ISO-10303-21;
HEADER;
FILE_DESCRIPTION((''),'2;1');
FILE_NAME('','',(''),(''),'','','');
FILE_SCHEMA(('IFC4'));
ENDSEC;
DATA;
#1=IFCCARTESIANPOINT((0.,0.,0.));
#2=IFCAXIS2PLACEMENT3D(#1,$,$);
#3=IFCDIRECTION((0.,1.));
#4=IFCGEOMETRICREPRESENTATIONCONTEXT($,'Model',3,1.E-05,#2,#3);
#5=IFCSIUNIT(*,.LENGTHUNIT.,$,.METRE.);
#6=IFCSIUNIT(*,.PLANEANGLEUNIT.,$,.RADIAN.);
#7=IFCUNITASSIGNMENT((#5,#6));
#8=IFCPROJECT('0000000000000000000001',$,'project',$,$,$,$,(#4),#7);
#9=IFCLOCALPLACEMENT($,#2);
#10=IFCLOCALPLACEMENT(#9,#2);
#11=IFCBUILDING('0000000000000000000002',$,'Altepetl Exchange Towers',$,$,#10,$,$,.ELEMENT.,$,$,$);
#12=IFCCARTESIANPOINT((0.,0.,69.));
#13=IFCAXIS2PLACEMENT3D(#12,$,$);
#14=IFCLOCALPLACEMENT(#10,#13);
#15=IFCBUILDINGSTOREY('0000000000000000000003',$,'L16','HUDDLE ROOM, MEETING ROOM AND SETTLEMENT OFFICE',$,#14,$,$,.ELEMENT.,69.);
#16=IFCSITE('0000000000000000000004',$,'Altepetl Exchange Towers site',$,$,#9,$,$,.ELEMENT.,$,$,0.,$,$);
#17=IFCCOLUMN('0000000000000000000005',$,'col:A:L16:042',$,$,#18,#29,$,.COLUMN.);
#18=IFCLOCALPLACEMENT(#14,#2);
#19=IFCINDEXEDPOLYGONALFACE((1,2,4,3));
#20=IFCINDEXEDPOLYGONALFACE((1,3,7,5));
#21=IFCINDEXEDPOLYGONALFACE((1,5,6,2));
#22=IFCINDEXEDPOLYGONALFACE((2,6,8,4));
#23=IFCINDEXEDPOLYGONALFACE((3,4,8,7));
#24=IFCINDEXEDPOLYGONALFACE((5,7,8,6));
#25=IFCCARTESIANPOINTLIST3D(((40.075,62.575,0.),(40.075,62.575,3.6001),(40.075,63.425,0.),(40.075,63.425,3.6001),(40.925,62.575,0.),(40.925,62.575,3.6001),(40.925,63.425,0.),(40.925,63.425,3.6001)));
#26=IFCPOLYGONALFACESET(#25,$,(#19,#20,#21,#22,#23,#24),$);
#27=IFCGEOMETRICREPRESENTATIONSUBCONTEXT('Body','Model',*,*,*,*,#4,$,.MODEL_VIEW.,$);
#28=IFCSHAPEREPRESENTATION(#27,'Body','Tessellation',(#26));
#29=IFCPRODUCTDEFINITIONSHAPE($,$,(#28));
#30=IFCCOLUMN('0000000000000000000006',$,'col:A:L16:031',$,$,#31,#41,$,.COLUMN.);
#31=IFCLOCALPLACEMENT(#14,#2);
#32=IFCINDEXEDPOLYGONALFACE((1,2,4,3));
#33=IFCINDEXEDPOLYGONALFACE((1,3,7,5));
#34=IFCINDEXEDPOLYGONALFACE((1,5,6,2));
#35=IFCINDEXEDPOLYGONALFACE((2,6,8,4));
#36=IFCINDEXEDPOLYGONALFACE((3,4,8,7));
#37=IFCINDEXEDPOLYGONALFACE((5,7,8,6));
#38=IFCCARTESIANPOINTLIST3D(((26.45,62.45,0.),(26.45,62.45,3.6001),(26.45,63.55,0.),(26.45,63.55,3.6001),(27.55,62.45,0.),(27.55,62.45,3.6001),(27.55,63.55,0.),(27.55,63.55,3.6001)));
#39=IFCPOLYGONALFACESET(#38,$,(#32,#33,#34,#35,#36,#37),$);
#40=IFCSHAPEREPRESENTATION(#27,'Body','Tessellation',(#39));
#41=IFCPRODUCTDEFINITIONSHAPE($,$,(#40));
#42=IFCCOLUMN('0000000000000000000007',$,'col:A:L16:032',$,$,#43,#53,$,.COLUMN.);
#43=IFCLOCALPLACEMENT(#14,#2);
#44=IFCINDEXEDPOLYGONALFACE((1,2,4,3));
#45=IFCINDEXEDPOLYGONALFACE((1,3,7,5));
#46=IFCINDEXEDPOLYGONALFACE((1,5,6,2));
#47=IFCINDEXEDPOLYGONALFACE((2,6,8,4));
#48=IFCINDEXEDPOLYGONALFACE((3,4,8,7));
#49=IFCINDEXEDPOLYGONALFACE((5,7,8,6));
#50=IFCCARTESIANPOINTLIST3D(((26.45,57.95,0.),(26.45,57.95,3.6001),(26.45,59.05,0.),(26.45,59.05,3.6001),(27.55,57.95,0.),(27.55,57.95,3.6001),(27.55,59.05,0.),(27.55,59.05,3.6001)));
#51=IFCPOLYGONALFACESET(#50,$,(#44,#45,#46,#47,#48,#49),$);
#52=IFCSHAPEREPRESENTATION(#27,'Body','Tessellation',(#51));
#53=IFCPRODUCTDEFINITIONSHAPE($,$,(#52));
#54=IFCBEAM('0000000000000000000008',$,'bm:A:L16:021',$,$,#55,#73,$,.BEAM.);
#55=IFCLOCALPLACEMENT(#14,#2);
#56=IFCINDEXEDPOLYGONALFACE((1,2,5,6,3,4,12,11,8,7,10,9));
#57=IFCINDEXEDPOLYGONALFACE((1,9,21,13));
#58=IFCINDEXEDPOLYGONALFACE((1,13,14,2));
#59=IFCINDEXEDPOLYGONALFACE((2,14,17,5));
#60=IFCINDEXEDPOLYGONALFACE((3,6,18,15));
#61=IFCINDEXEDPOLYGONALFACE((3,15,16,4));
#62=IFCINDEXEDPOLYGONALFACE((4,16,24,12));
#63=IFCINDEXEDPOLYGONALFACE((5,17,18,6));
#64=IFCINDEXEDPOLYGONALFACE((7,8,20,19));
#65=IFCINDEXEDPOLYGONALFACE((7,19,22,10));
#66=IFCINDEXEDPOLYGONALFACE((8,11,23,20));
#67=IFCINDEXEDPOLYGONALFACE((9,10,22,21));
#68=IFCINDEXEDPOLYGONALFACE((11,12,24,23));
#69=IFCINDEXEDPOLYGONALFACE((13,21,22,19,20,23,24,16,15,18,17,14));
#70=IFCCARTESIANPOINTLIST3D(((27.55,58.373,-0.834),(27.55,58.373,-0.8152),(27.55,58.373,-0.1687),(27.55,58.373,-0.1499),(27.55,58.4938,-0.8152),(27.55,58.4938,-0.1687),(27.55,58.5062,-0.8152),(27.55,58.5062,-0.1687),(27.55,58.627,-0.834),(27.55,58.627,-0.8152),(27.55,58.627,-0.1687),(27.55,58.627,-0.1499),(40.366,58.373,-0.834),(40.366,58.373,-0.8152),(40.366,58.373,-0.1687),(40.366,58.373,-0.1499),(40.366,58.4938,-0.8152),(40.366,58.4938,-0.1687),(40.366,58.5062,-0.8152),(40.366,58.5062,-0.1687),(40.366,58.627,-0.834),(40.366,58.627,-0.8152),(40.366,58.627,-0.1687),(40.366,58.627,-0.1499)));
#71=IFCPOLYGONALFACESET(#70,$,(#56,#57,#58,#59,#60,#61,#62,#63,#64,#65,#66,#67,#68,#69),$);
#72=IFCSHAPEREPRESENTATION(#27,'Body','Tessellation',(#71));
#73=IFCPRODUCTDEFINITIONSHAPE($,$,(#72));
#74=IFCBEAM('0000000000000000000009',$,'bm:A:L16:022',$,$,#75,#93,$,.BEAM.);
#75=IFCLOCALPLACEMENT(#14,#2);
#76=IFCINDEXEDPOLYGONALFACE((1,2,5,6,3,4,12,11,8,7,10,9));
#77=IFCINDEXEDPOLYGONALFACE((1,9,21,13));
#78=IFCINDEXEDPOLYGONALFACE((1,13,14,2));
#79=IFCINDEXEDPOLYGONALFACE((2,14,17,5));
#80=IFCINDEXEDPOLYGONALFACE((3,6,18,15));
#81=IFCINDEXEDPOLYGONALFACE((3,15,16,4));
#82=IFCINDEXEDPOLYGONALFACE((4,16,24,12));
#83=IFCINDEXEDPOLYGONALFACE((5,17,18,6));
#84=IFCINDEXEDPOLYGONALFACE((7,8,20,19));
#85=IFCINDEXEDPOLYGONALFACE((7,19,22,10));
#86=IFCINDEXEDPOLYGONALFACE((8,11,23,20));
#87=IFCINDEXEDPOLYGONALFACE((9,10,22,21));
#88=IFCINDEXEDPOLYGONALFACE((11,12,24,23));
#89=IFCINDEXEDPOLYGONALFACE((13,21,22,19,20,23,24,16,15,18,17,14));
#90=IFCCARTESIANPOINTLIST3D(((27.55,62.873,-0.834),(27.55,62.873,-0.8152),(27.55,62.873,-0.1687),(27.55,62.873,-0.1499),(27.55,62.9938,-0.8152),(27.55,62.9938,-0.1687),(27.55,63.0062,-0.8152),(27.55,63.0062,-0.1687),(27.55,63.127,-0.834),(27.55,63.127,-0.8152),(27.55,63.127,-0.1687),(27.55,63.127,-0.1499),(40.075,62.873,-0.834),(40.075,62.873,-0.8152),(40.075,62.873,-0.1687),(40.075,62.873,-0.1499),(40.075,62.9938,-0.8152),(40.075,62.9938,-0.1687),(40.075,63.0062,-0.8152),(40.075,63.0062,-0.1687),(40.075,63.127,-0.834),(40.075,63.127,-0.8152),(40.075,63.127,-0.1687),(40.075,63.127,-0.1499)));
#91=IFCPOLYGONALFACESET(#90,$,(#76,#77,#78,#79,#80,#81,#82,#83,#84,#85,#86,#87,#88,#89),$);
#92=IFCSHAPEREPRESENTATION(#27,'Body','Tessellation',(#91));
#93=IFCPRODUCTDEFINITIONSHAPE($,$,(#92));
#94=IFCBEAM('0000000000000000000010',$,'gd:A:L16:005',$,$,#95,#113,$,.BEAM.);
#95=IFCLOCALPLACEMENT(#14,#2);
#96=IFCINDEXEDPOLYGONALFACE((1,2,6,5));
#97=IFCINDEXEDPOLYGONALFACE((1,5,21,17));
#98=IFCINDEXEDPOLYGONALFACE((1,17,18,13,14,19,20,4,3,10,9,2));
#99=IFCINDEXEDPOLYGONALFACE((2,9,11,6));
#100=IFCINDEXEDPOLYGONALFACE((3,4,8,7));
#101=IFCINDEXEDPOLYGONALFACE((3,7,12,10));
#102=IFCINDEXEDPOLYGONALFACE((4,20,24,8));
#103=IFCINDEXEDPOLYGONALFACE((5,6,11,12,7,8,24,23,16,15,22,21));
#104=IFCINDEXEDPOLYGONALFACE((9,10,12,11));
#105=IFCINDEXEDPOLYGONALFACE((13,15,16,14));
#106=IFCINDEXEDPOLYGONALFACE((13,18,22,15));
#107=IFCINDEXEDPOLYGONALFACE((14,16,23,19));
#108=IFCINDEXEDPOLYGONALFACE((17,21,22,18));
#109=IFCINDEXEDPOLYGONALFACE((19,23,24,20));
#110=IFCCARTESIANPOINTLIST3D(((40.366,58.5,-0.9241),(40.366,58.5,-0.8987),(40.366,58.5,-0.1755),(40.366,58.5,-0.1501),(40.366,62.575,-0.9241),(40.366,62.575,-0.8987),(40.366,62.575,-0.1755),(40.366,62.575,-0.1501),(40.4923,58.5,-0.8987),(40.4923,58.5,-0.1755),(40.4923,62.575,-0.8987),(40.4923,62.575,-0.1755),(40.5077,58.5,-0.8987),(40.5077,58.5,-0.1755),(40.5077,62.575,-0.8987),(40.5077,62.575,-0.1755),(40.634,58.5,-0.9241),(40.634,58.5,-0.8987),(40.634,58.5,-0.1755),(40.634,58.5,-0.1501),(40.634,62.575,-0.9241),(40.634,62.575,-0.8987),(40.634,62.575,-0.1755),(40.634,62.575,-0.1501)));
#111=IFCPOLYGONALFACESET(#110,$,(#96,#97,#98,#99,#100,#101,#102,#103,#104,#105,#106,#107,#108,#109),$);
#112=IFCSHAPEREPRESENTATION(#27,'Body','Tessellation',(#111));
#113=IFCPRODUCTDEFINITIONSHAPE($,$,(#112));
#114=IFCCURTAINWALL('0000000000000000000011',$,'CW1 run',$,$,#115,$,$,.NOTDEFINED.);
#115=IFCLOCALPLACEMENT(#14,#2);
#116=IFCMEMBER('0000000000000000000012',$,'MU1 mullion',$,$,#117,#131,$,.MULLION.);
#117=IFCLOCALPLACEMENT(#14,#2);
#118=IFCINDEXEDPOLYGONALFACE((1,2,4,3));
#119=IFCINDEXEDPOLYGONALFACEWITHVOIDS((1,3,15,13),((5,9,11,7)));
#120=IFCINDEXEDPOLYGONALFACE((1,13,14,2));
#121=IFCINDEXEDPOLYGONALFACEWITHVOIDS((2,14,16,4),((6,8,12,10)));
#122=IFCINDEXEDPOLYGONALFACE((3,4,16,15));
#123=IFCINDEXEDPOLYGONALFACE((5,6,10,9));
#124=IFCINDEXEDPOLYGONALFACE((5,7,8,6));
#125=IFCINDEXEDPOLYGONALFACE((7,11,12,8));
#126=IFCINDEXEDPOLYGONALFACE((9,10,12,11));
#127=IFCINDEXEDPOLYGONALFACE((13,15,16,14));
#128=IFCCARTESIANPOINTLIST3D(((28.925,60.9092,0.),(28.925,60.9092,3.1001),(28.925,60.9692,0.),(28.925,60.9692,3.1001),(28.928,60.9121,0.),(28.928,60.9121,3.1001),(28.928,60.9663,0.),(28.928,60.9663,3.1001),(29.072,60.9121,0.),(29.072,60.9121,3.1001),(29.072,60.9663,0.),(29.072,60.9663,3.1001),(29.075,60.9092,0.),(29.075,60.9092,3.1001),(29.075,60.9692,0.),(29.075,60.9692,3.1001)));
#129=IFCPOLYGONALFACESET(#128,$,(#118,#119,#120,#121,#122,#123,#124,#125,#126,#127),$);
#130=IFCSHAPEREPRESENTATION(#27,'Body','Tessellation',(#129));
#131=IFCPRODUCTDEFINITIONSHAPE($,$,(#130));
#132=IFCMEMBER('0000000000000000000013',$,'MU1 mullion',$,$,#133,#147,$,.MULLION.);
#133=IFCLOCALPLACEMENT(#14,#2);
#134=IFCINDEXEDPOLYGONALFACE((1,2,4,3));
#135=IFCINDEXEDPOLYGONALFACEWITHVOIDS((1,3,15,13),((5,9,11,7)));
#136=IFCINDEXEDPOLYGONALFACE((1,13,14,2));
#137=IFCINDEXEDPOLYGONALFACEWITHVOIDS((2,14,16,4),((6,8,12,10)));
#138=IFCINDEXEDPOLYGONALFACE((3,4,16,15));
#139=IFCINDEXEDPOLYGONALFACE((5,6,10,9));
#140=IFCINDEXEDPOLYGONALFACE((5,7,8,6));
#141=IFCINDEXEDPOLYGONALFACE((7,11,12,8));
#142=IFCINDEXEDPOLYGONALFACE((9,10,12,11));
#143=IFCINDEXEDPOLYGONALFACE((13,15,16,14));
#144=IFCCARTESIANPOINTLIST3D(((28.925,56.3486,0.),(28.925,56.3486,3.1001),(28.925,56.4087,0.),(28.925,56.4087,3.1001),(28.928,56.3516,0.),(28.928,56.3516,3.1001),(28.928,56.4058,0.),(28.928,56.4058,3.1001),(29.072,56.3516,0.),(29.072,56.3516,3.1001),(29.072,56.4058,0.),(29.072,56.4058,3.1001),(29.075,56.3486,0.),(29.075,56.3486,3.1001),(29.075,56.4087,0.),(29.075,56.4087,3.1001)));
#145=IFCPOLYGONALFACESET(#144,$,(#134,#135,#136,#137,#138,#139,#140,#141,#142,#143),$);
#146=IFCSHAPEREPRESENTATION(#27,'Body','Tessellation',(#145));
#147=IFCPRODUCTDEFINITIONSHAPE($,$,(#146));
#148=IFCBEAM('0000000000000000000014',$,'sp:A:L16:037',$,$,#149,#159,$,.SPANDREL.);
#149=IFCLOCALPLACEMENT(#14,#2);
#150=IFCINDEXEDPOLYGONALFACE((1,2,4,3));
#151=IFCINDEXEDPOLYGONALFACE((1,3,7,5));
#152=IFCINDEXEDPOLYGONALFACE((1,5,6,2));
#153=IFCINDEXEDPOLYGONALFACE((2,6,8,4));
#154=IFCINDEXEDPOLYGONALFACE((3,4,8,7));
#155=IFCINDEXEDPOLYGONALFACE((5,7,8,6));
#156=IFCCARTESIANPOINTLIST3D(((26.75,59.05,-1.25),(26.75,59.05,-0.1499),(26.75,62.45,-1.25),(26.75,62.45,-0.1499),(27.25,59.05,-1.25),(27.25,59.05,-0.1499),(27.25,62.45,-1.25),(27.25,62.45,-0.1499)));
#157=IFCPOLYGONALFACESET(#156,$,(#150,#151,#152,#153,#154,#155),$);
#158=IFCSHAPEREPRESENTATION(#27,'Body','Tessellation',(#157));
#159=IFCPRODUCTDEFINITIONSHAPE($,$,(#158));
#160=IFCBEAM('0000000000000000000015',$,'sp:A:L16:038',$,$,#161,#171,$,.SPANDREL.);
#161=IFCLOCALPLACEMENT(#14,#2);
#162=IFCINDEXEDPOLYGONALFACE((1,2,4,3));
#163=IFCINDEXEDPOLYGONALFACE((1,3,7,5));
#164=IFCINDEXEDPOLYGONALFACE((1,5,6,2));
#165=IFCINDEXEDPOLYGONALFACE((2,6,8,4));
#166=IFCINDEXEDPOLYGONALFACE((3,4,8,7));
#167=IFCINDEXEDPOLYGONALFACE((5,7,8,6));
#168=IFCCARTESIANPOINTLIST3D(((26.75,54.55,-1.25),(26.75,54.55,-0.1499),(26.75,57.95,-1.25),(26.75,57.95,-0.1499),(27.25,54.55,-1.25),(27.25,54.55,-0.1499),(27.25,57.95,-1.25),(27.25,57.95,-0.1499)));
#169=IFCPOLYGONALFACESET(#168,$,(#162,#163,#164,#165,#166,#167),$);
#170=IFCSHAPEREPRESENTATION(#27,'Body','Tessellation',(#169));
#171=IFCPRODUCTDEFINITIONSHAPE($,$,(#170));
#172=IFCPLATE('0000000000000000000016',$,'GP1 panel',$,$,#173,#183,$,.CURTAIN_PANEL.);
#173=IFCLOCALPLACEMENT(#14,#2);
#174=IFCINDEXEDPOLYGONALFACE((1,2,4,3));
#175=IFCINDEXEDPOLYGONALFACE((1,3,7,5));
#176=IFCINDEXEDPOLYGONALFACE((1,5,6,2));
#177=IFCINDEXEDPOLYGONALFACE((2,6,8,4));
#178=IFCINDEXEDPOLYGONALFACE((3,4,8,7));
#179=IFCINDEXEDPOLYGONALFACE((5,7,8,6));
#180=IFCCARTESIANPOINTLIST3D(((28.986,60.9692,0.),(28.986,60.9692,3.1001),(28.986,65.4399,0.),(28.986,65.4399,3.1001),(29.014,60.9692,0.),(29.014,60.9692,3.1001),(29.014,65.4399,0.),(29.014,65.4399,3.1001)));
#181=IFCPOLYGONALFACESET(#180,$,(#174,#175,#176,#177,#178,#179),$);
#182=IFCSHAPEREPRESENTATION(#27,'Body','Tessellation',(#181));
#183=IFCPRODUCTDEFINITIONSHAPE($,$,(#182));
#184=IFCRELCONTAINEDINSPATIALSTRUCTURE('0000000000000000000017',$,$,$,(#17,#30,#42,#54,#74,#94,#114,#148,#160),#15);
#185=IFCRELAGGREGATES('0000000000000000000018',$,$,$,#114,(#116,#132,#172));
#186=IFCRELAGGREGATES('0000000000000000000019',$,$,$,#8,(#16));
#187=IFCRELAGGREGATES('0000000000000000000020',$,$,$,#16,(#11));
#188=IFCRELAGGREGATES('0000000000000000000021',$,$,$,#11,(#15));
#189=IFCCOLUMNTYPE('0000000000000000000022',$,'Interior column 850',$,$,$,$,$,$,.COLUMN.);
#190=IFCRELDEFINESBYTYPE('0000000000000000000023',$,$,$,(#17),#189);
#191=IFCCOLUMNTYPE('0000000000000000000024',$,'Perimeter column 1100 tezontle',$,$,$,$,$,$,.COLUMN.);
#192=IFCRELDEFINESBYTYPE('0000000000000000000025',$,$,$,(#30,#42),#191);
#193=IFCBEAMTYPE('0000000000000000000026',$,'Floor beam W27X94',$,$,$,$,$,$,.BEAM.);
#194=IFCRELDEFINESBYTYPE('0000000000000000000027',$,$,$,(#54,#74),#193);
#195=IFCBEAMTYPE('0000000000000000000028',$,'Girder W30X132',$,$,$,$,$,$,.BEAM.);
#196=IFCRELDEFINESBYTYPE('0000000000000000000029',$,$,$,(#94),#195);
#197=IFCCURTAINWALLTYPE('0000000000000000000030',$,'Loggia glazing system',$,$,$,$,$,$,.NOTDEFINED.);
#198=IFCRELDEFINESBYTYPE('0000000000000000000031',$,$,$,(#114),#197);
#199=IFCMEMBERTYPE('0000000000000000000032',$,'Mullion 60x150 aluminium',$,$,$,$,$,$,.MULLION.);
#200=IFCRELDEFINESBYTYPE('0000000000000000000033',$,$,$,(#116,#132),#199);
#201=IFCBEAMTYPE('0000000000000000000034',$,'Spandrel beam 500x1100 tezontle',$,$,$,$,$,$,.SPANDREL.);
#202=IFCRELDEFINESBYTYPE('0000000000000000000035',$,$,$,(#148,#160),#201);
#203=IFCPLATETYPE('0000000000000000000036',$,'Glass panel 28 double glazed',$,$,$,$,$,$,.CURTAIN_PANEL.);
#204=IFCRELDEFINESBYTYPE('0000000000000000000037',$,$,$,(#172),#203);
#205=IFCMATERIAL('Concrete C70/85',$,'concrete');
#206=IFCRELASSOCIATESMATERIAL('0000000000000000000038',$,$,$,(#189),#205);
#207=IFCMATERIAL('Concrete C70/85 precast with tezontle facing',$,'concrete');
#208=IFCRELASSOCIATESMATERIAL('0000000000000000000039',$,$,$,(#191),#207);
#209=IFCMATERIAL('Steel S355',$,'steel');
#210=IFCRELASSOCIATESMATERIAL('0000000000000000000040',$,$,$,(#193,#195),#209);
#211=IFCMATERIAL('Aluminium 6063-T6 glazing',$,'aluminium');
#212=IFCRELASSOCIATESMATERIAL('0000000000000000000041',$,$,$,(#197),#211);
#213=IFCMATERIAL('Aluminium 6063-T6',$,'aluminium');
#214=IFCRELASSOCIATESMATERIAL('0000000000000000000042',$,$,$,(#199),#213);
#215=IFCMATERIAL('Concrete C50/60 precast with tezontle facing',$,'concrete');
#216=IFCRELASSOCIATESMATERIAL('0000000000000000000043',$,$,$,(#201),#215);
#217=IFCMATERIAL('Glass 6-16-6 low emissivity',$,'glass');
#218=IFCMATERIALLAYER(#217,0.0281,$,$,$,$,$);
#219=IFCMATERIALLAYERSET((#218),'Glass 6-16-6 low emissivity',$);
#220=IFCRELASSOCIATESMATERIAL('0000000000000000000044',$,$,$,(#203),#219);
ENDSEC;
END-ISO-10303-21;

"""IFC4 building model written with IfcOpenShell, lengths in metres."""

from ifc_helpers import new_model, si_unit, direction, frame, origin, origin_2d, place, context, subcontext, project, spatial, rectangle, hollow_rectangle, i_section, extrude, material, layer, layer_set, material_profile, profile_set, type_object, element, aggregate, save


model = new_model("IFC4")

# Units and contexts
model_context = context("Model", 3, precision=1e-05, world=origin(), true_north=direction((0.0, 1.0)))
body_context = subcontext(model_context, "Body", "Model", "MODEL_VIEW")
ifc_project = project(units=[si_unit("LENGTHUNIT", "METRE"), si_unit("PLANEANGLEUNIT", "RADIAN")], contexts=[model_context])

# Site, building, storey
site_placement = place(None, origin())
site = spatial("IfcSite", under=ifc_project, at=site_placement, Name="Altepetl Exchange Towers site", CompositionType="ELEMENT", RefElevation=0.0)
building_placement = place(site_placement, origin())
building = spatial("IfcBuilding", under=site, at=building_placement, Name="Altepetl Exchange Towers", CompositionType="ELEMENT")
storey_placement = place(building_placement, frame((0.0, 0.0, 69.0)))
storey = spatial("IfcBuildingStorey", under=building, at=storey_placement, Name="L16", Description="HUDDLE ROOM, MEETING ROOM AND SETTLEMENT OFFICE", CompositionType="ELEMENT", Elevation=69.0)

# Columns
ifc_material_1 = material(Name="Concrete C70/85", Category="concrete")
ifc_material_profile_1 = material_profile(ifc_material_1, rectangle(XDim=0.8501, YDim=0.8501, at=origin_2d()), Name="850 x 850")
ifc_profile_set_1 = profile_set([ifc_material_profile_1], Name="Concrete C70/85")
column_type_1 = type_object("IfcColumnType", Name="Interior column 850", PredefinedType="COLUMN", material=ifc_profile_set_1)
column_placement = place(storey_placement, frame((40.5, 63.0, 0.0)))
element("IfcColumn", 1, at=column_placement, inside=storey, type_object=column_type_1, Name="col:A:L16:042", PredefinedType="COLUMN", context=body_context, shape_type="SweptSolid", body=[
    extrude(rectangle(XDim=0.8501, YDim=0.8501, at=origin_2d()), origin(), (0.0, 0.0, 1.0), 3.6001),
])
ifc_material_2 = material(Name="Concrete C70/85 precast with tezontle facing", Category="concrete")
ifc_material_profile_2 = material_profile(ifc_material_2, rectangle(XDim=1.1001, YDim=1.1001, at=origin_2d()), Name="1100 x 1100")
ifc_profile_set_2 = profile_set([ifc_material_profile_2], Name="Concrete C70/85 precast with tezontle facing")
column_type_2 = type_object("IfcColumnType", Name="Perimeter column 1100 tezontle", PredefinedType="COLUMN", material=ifc_profile_set_2)
for number, where, name in (
    (2, (27.0, 63.0, 0.0), "col:A:L16:031"),
    (3, (27.0, 58.5, 0.0), "col:A:L16:032"),
):
    element("IfcColumn", number, at=place(storey_placement, frame(where)), inside=storey, type_object=column_type_2, Name=name, PredefinedType="COLUMN", context=body_context, shape_type="SweptSolid", body=[
        extrude(rectangle(XDim=1.1001, YDim=1.1001, at=origin_2d()), origin(), (0.0, 0.0, 1.0), 3.6001),
    ])

# Beams
ifc_material_3 = material(Name="Steel S355", Category="steel")
ifc_material_profile_3 = material_profile(ifc_material_3, i_section(OverallWidth=0.2539, OverallDepth=0.6841, WebThickness=0.0125, FlangeThickness=0.0188, at=origin_2d()), Name="W27X94")
ifc_profile_set_3 = profile_set([ifc_material_profile_3], Name="Steel S355")
beam_type_1 = type_object("IfcBeamType", Name="Floor beam W27X94", PredefinedType="BEAM", material=ifc_profile_set_3)
beam_1_placement = place(storey_placement, frame((27.55, 58.5, -0.4919), z_axis=(1.0, 0.0, 0.0), x_axis=(0.0, 1.0, 0.0)))
element("IfcBeam", 4, at=beam_1_placement, inside=storey, type_object=beam_type_1, Name="bm:A:L16:021", PredefinedType="BEAM", context=body_context, shape_type="SweptSolid", body=[
    extrude(i_section(OverallWidth=0.2539, OverallDepth=0.6841, WebThickness=0.0125, FlangeThickness=0.0188, at=origin_2d()), origin(), (0.0, 0.0, 1.0), 12.8159),
])
beam_2_placement = place(storey_placement, frame((27.55, 63.0, -0.4919), z_axis=(1.0, 0.0, 0.0), x_axis=(0.0, 1.0, 0.0)))
element("IfcBeam", 5, at=beam_2_placement, inside=storey, type_object=beam_type_1, Name="bm:A:L16:022", PredefinedType="BEAM", context=body_context, shape_type="SweptSolid", body=[
    extrude(i_section(OverallWidth=0.2539, OverallDepth=0.6841, WebThickness=0.0125, FlangeThickness=0.0188, at=origin_2d()), origin(), (0.0, 0.0, 1.0), 12.5249),
])
ifc_material_profile_4 = material_profile(ifc_material_3, i_section(OverallWidth=0.2681, OverallDepth=0.7739, WebThickness=0.0154, FlangeThickness=0.0254, at=origin_2d()), Name="W30X132")
ifc_profile_set_4 = profile_set([ifc_material_profile_4], Name="Steel S355")
beam_type_2 = type_object("IfcBeamType", Name="Girder W30X132", PredefinedType="BEAM", material=ifc_profile_set_4)
beam_3_placement = place(storey_placement, frame((40.5, 62.575, -0.5371), z_axis=(0.0, -1.0, 0.0), x_axis=(1.0, 0.0, 0.0)))
element("IfcBeam", 6, at=beam_3_placement, inside=storey, type_object=beam_type_2, Name="gd:A:L16:005", PredefinedType="BEAM", context=body_context, shape_type="SweptSolid", body=[
    extrude(i_section(OverallWidth=0.2681, OverallDepth=0.7739, WebThickness=0.0154, FlangeThickness=0.0254, at=origin_2d()), origin(), (0.0, 0.0, 1.0), 4.075),
])

# Curtain wall, members
ifc_material_4 = material(Name="Aluminium 6063-T6 glazing", Category="aluminium")
curtain_wall_type = type_object("IfcCurtainWallType", Name="Loggia glazing system", PredefinedType="NOTDEFINED", material=ifc_material_4)
curtain_wall_placement = place(storey_placement, origin())
curtain_wall = element("IfcCurtainWall", 7, at=curtain_wall_placement, inside=storey, type_object=curtain_wall_type, Name="CW1 run", PredefinedType="NOTDEFINED")
ifc_material_5 = material(Name="Aluminium 6063-T6", Category="aluminium")
ifc_material_profile_5 = material_profile(ifc_material_5, hollow_rectangle(XDim=0.0601, YDim=0.1499, WallThickness=0.0029, at=origin_2d()), Name="Mullion 60x150 aluminium")
ifc_profile_set_5 = profile_set([ifc_material_profile_5], Name="Aluminium 6063-T6")
member_type = type_object("IfcMemberType", Name="Mullion 60x150 aluminium", PredefinedType="MULLION", material=ifc_profile_set_5)
member_1_placement = place(storey_placement, frame((29.0, 60.9392, 0.0), z_axis=(0.0, 0.0, 1.0), x_axis=(0.0, -1.0, 0.0)))
member_1 = element("IfcMember", 8, at=member_1_placement, type_object=member_type, Name="MU1 mullion", PredefinedType="MULLION", context=body_context, shape_type="SweptSolid", body=[
    extrude(hollow_rectangle(XDim=0.0601, YDim=0.1499, WallThickness=0.0029, at=origin_2d()), origin(), (0.0, 0.0, 1.0), 3.1001),
])
member_2_placement = place(storey_placement, frame((29.0, 56.3787, 0.0), z_axis=(0.0, 0.0, 1.0), x_axis=(0.0, -1.0, 0.0)))
member_2 = element("IfcMember", 9, at=member_2_placement, type_object=member_type, Name="MU1 mullion", PredefinedType="MULLION", context=body_context, shape_type="SweptSolid", body=[
    extrude(hollow_rectangle(XDim=0.0601, YDim=0.1499, WallThickness=0.0029, at=origin_2d()), origin(), (0.0, 0.0, 1.0), 3.1001),
])

# Beams
ifc_material_6 = material(Name="Concrete C50/60 precast with tezontle facing", Category="concrete")
ifc_material_profile_6 = material_profile(ifc_material_6, rectangle(XDim=0.5, YDim=1.1001, at=origin_2d()), Name="500 x 1100")
ifc_profile_set_6 = profile_set([ifc_material_profile_6], Name="Concrete C50/60 precast with tezontle facing")
beam_type_3 = type_object("IfcBeamType", Name="Spandrel beam 500x1100 tezontle", PredefinedType="SPANDREL", material=ifc_profile_set_6)
for number, where, z_axis, x_axis, name in (
    (10, (27.0, 62.45, -0.7), (0.0, -1.0, 0.0), (1.0, 0.0, 0.0), "sp:A:L16:037"),
    (11, (27.0, 57.95, -0.7), (0.0, -1.0, 0.0), (1.0, 0.0, 0.0), "sp:A:L16:038"),
):
    element("IfcBeam", number, at=place(storey_placement, frame(where, z_axis=z_axis, x_axis=x_axis)), inside=storey, type_object=beam_type_3, Name=name, PredefinedType="SPANDREL", context=body_context, shape_type="SweptSolid", body=[
        extrude(rectangle(XDim=0.5, YDim=1.1001, at=origin_2d()), origin(), (0.0, 0.0, 1.0), 3.3999),
    ])

# Plate
ifc_material_7 = material(Name="Glass 6-16-6 low emissivity", Category="glass")
ifc_layer_1 = layer(ifc_material_7, 0.0281)
ifc_layer_set_1 = layer_set([ifc_layer_1], Name="Glass 6-16-6 low emissivity")
plate_type = type_object("IfcPlateType", Name="Glass panel 28 double glazed", PredefinedType="CURTAIN_PANEL", material=ifc_layer_set_1)
plate_1_placement = place(storey_placement, frame((29.0, 63.2046, 0.0), z_axis=(0.0, 0.0, 1.0), x_axis=(0.0, -1.0, 0.0)))
plate_1 = element("IfcPlate", 12, at=plate_1_placement, type_object=plate_type, Name="GP1 panel", PredefinedType="CURTAIN_PANEL", context=body_context, shape_type="SweptSolid", body=[
    extrude(rectangle(XDim=4.4707, YDim=0.0281, at=origin_2d()), origin(), (0.0, 0.0, 1.0), 3.1001),
])
aggregate(curtain_wall, [member_1, member_2, plate_1])

save(model, "model.ifc")
